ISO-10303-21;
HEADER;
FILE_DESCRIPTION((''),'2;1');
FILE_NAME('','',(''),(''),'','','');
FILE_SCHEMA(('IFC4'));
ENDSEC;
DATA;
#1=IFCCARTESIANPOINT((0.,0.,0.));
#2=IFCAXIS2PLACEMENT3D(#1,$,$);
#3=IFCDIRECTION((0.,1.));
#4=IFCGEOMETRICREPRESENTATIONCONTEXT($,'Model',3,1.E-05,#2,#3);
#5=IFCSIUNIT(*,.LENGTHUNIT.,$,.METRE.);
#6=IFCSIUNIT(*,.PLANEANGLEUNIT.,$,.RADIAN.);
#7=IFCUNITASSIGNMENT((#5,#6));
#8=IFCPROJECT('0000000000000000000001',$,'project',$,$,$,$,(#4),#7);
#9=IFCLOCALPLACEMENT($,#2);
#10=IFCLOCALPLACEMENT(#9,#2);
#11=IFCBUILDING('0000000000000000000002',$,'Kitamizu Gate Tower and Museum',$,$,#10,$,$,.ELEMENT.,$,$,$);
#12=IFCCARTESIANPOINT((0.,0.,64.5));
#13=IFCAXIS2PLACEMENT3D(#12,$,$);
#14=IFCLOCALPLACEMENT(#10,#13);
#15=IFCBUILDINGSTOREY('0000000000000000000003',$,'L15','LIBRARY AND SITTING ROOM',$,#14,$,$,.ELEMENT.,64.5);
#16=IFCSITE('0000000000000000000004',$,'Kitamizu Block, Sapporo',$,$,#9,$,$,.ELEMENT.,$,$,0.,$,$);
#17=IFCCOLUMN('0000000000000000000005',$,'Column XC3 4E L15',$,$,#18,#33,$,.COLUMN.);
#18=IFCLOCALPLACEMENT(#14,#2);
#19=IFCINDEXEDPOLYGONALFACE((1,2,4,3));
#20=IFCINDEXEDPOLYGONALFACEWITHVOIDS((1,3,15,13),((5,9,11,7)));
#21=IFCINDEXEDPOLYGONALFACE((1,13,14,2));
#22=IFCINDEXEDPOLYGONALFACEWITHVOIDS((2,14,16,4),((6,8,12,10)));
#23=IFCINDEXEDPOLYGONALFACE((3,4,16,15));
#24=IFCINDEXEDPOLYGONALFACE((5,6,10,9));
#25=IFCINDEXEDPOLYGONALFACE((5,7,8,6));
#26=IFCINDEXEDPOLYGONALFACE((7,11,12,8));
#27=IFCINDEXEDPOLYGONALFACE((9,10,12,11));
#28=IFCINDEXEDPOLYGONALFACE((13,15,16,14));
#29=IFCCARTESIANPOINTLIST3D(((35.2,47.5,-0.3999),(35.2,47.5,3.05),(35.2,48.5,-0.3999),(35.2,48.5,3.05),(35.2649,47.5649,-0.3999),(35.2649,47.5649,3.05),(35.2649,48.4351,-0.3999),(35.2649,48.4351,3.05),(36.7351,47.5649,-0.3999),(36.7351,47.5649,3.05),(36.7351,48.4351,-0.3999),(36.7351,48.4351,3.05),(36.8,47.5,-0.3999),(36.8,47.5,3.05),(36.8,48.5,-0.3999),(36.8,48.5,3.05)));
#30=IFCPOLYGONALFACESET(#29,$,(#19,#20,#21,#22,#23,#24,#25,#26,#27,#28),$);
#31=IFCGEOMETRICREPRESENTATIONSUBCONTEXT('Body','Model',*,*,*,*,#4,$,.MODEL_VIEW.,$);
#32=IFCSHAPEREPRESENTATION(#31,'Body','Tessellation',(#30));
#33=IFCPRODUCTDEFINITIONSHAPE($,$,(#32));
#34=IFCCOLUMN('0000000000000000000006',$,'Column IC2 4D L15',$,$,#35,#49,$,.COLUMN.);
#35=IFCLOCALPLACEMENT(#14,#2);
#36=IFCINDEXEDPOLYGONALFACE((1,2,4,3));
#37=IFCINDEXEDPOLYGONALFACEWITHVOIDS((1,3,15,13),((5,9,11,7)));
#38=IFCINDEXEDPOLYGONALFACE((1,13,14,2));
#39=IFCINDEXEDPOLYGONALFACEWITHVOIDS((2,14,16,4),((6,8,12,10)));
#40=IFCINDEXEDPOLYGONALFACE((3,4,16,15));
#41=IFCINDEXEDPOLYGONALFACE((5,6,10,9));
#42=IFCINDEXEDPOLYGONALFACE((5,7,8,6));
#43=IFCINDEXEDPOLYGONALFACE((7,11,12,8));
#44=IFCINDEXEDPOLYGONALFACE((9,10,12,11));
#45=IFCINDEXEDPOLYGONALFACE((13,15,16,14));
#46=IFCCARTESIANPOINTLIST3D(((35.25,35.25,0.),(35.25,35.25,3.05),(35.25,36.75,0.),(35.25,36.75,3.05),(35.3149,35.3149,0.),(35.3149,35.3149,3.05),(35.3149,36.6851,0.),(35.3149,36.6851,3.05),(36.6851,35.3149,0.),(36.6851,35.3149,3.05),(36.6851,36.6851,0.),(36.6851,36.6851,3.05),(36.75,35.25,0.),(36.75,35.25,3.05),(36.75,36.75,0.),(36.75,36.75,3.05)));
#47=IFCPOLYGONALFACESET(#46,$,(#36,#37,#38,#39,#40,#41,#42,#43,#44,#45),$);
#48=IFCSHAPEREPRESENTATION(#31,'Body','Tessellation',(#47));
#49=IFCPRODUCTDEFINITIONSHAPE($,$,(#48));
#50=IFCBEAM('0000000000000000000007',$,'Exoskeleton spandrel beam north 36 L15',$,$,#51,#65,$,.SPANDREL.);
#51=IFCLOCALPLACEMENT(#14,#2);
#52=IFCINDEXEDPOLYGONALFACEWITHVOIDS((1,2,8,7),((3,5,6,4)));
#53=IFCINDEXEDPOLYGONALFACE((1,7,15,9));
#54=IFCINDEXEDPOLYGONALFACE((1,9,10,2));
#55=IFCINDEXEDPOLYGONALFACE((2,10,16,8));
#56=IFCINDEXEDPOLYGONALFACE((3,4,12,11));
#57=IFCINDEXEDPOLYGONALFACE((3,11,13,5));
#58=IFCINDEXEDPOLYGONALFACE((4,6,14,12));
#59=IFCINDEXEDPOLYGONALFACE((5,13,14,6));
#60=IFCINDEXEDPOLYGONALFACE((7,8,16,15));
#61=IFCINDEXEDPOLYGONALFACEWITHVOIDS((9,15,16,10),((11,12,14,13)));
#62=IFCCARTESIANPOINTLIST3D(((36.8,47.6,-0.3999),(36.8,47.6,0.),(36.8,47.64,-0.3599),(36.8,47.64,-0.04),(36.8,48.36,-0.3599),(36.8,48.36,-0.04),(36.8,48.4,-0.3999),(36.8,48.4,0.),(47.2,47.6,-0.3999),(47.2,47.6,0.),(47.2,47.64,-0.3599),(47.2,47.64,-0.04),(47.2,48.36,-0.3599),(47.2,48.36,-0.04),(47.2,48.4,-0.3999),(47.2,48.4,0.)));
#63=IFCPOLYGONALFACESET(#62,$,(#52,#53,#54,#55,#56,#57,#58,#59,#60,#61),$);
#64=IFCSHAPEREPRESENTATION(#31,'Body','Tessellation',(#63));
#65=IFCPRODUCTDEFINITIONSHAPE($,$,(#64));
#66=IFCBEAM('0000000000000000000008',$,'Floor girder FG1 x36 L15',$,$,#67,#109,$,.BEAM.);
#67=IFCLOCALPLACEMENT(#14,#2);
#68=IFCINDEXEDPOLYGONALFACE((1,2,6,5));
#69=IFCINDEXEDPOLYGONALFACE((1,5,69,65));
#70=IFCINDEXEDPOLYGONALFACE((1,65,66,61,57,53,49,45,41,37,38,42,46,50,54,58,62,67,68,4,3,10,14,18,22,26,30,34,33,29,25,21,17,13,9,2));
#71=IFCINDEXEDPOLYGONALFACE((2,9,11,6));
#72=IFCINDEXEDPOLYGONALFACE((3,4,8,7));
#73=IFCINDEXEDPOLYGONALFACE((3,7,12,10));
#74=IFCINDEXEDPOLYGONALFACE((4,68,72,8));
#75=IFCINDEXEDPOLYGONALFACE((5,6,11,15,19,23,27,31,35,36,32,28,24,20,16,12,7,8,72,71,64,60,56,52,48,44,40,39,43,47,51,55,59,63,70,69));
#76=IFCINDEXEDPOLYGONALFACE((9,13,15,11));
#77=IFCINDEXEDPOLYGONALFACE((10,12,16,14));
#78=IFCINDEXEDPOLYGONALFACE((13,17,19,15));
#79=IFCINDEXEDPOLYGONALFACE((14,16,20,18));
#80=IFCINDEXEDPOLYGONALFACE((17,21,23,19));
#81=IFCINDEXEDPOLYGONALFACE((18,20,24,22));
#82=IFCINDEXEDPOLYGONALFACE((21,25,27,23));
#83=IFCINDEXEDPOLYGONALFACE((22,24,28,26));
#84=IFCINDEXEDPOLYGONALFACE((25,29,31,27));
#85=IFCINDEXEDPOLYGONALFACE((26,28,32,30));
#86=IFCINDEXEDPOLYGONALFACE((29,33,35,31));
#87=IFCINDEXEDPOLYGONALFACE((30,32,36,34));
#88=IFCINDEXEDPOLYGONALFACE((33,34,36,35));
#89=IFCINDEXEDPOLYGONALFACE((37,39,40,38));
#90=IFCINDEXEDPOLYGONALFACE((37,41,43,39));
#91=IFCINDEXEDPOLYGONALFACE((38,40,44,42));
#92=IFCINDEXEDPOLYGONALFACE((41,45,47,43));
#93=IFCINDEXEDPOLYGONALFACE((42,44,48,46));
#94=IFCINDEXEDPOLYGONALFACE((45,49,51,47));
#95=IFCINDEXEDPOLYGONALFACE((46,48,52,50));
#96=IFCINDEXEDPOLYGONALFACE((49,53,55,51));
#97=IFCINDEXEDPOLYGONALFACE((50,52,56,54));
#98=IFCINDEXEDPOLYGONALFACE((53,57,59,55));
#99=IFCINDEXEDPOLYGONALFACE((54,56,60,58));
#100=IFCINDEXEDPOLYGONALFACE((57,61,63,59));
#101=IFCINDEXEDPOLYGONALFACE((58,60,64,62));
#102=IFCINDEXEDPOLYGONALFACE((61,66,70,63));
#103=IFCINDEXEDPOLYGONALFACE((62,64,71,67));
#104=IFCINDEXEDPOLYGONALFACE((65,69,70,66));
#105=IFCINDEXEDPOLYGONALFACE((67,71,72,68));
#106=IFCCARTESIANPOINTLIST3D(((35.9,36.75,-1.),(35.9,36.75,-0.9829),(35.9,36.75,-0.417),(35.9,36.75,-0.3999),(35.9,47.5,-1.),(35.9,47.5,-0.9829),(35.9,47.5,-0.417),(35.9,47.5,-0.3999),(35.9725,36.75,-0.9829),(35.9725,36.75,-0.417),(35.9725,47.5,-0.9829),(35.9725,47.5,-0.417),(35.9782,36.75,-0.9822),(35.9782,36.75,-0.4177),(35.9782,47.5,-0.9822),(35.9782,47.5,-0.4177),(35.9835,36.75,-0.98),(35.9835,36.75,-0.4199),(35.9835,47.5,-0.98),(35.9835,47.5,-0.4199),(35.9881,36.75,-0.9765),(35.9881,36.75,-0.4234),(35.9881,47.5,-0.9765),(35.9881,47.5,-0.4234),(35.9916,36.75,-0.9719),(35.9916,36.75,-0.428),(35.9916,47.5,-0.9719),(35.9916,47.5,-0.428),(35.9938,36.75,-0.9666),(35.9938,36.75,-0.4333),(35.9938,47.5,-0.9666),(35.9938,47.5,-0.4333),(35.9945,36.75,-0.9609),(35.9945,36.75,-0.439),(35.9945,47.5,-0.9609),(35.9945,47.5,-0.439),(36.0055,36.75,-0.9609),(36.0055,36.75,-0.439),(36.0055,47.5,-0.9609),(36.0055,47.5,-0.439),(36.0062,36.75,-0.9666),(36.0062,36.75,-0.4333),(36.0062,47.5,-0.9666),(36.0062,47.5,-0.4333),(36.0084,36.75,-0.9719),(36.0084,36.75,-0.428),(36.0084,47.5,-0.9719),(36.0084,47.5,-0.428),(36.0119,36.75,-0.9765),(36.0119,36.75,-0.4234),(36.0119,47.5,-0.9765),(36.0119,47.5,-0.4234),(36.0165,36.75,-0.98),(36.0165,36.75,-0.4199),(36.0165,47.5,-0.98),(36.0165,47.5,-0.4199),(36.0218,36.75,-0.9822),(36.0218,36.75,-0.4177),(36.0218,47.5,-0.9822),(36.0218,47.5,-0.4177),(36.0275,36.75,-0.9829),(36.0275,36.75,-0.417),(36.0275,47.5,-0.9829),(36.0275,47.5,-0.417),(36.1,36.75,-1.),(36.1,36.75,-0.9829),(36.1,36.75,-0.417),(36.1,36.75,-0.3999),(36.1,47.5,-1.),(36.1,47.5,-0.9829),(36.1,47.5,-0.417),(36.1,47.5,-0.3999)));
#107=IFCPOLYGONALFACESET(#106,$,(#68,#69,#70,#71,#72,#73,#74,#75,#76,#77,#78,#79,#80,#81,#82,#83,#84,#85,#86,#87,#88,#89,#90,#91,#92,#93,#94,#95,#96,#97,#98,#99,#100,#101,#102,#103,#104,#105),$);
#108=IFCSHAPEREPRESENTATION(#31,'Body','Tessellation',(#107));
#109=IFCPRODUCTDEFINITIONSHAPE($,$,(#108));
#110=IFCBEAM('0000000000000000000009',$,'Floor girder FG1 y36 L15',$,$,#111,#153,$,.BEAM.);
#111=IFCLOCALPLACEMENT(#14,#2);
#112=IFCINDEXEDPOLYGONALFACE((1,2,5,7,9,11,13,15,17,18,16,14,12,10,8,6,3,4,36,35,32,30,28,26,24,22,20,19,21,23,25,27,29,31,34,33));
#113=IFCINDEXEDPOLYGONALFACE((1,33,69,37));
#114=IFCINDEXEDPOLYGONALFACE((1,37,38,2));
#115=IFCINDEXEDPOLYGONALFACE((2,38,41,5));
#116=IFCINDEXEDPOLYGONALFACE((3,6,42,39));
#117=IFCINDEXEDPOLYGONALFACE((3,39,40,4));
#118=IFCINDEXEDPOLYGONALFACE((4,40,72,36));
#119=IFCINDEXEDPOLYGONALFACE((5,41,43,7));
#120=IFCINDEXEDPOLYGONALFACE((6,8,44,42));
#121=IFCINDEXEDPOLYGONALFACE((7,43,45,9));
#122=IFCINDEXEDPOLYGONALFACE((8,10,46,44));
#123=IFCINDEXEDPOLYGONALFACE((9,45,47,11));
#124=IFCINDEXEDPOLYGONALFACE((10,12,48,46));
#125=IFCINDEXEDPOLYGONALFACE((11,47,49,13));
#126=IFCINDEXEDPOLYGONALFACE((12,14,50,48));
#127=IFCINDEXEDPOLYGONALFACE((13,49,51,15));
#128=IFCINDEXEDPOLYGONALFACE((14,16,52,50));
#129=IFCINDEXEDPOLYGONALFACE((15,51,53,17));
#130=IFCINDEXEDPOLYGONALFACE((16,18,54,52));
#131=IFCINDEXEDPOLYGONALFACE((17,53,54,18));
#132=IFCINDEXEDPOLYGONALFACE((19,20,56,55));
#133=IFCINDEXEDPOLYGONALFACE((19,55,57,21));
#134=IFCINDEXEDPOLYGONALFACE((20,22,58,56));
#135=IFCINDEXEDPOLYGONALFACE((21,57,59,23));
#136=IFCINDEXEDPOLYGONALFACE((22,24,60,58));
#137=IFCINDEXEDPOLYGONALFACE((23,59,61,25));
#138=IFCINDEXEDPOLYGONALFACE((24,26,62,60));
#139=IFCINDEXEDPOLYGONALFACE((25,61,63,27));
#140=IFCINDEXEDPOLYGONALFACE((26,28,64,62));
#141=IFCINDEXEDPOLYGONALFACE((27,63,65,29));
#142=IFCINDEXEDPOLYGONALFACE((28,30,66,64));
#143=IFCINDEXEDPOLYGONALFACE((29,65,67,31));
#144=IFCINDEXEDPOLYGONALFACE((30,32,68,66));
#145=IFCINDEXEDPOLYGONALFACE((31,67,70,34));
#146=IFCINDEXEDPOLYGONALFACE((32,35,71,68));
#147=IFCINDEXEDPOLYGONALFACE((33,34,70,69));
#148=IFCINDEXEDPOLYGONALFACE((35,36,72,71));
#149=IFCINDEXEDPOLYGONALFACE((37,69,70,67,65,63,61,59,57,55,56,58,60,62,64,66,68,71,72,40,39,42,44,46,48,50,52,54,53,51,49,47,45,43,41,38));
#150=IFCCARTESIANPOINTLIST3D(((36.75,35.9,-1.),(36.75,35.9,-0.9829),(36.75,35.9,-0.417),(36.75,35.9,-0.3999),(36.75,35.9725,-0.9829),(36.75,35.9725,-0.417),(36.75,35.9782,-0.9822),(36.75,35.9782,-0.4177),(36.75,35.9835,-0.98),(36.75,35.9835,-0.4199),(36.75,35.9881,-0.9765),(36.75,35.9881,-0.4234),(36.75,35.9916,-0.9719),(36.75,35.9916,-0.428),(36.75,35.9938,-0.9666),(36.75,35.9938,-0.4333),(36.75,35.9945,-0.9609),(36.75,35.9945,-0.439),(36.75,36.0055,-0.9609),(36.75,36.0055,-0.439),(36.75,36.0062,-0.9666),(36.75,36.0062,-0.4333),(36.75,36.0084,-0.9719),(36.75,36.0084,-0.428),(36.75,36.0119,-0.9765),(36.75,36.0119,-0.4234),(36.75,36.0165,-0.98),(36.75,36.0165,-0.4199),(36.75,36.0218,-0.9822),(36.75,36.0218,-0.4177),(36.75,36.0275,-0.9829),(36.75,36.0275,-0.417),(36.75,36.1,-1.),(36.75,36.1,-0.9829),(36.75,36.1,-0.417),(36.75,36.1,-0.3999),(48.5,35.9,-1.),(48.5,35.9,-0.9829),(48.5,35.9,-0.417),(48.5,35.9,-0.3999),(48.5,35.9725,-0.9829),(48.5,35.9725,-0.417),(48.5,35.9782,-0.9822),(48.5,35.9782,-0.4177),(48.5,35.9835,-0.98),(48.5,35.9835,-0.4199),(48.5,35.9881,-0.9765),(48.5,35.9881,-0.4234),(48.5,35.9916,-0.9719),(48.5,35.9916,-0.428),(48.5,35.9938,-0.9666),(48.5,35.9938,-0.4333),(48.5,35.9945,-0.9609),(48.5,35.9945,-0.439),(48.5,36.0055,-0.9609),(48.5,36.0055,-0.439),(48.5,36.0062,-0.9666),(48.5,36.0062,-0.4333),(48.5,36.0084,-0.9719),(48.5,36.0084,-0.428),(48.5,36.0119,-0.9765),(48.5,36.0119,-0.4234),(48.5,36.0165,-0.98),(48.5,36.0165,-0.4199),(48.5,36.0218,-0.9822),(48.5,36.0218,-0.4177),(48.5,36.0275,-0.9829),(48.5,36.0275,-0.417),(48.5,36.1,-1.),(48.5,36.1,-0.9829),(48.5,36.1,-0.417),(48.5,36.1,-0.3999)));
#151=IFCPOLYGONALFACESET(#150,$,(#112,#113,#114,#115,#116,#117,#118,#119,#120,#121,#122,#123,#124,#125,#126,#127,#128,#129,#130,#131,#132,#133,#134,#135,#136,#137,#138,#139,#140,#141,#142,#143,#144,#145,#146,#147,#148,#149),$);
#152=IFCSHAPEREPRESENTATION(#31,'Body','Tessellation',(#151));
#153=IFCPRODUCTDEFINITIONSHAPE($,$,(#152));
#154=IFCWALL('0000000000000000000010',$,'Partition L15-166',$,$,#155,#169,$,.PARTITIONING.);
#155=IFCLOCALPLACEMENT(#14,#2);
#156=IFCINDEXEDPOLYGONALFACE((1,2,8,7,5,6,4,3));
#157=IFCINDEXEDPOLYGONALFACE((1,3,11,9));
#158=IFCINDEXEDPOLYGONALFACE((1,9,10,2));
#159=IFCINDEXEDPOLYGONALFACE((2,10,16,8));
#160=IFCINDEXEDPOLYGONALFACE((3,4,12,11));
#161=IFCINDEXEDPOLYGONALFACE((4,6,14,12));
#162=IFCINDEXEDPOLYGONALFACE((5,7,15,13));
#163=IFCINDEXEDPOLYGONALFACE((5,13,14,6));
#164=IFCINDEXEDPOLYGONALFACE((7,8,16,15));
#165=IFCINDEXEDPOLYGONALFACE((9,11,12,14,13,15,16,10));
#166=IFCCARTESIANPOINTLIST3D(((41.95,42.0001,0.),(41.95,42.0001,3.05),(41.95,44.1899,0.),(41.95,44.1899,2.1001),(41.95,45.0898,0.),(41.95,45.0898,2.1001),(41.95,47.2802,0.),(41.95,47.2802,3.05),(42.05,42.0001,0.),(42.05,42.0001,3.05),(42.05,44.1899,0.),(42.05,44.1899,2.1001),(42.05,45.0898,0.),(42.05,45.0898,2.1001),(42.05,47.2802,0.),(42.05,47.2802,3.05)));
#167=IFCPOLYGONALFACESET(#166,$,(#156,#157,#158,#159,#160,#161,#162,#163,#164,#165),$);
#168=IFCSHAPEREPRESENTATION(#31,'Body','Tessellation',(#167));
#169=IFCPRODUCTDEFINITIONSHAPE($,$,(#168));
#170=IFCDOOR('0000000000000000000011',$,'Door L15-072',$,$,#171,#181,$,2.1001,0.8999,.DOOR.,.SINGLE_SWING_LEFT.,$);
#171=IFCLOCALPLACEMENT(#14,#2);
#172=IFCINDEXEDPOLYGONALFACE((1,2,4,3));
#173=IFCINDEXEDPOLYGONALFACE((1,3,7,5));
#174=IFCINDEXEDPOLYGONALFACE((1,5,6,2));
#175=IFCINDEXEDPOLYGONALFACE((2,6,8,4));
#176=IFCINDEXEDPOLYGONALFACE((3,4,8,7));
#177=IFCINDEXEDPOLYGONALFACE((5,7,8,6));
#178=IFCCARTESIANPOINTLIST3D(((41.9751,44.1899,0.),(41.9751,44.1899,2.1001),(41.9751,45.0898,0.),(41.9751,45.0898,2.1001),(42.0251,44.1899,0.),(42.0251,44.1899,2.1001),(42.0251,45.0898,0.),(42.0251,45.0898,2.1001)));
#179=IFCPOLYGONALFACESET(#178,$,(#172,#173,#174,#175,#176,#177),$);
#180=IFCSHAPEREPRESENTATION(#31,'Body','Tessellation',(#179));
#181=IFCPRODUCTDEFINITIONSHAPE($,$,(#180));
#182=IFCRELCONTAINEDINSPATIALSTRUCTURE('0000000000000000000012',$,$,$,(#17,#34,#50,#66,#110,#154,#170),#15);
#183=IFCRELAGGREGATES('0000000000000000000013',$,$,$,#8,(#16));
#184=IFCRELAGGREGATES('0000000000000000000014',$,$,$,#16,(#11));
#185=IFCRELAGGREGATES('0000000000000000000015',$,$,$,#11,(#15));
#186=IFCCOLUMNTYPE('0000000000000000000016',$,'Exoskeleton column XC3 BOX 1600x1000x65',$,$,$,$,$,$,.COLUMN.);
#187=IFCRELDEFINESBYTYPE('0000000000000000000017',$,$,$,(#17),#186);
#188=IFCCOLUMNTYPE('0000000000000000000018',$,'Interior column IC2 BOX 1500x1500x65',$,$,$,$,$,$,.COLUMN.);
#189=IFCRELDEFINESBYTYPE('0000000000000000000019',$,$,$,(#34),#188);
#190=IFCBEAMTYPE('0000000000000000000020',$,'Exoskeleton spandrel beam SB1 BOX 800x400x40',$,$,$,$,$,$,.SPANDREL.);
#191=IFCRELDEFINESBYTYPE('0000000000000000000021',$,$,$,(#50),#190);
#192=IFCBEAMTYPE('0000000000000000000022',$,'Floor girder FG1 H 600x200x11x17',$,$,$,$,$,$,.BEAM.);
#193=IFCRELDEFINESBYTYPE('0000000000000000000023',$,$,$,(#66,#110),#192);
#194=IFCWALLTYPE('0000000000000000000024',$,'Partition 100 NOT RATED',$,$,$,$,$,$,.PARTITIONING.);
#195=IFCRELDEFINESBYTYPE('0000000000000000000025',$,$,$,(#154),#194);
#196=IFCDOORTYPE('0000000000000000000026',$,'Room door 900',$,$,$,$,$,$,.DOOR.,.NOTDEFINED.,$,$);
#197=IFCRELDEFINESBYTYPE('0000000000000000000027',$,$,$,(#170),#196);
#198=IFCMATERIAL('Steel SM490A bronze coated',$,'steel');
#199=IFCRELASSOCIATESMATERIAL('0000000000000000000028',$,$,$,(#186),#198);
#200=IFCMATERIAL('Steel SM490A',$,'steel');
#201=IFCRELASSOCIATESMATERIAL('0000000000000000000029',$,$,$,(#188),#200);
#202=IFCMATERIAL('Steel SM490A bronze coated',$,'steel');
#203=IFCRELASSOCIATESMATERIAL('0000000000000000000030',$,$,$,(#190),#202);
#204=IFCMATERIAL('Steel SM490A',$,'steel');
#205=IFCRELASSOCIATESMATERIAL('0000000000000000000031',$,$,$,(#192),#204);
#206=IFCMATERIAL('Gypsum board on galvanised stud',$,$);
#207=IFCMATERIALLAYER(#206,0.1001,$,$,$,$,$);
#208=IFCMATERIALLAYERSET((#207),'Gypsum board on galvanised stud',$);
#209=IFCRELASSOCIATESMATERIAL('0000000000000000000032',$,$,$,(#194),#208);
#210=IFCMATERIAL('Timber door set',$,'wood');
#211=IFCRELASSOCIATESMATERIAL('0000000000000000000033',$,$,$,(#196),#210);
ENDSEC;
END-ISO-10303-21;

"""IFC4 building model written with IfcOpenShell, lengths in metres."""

from ifc_helpers import new_model, si_unit, direction, frame, frame_2d, origin, origin_2d, place, context, subcontext, project, spatial, rectangle, hollow_rectangle, i_section, extrude, material, layer, layer_set, material_profile, profile_set, type_object, element, fill, save


model = new_model("IFC4")

# Units and contexts
model_context = context("Model", 3, precision=1e-05, world=origin(), true_north=direction((0.0, 1.0)))
body_context = subcontext(model_context, "Body", "Model", "MODEL_VIEW")
ifc_project = project(units=[si_unit("LENGTHUNIT", "METRE"), si_unit("PLANEANGLEUNIT", "RADIAN")], contexts=[model_context])

# Site, building, storey
site_placement = place(None, origin())
site = spatial("IfcSite", under=ifc_project, at=site_placement, Name="Kitamizu Block, Sapporo", CompositionType="ELEMENT", RefElevation=0.0)
building_placement = place(site_placement, origin())
building = spatial("IfcBuilding", under=site, at=building_placement, Name="Kitamizu Gate Tower and Museum", CompositionType="ELEMENT")
storey_placement = place(building_placement, frame((0.0, 0.0, 64.5)))
storey = spatial("IfcBuildingStorey", under=building, at=storey_placement, Name="L15", Description="LIBRARY AND SITTING ROOM", CompositionType="ELEMENT", Elevation=64.5)

# Columns
ifc_material_1 = material(Name="Steel SM490A bronze coated", Category="steel")
ifc_material_profile_1 = material_profile(ifc_material_1, hollow_rectangle(XDim=1.6001, YDim=1.0, WallThickness=0.0649, at=origin_2d()), Name="BOX 1600x1000x65")
ifc_profile_set_1 = profile_set([ifc_material_profile_1], Name="Steel SM490A bronze coated")
column_type_1 = type_object("IfcColumnType", Name="Exoskeleton column XC3 BOX 1600x1000x65", PredefinedType="COLUMN", material=ifc_profile_set_1)
column_1_placement = place(storey_placement, frame((36.0, 48.0, -0.3999), z_axis=(0.0, 0.0, 1.0), x_axis=(1.0, 0.0, 0.0)))
element("IfcColumn", 1, at=column_1_placement, inside=storey, type_object=column_type_1, Name="Column XC3 4E L15", PredefinedType="COLUMN", context=body_context, shape_type="SweptSolid", body=[
    extrude(hollow_rectangle(XDim=1.6001, YDim=1.0, WallThickness=0.0649, at=origin_2d()), origin(), (0.0, 0.0, 1.0), 3.45),
])
ifc_material_2 = material(Name="Steel SM490A", Category="steel")
ifc_material_profile_2 = material_profile(ifc_material_2, hollow_rectangle(XDim=1.5, YDim=1.5, WallThickness=0.0649, at=origin_2d()), Name="BOX 1500x1500x65")
ifc_profile_set_2 = profile_set([ifc_material_profile_2], Name="Steel SM490A")
column_type_2 = type_object("IfcColumnType", Name="Interior column IC2 BOX 1500x1500x65", PredefinedType="COLUMN", material=ifc_profile_set_2)
column_2_placement = place(storey_placement, frame((36.0, 36.0, 0.0), z_axis=(0.0, 0.0, 1.0), x_axis=(1.0, 0.0, 0.0)))
element("IfcColumn", 2, at=column_2_placement, inside=storey, type_object=column_type_2, Name="Column IC2 4D L15", PredefinedType="COLUMN", context=body_context, shape_type="SweptSolid", body=[
    extrude(hollow_rectangle(XDim=1.5, YDim=1.5, WallThickness=0.0649, at=origin_2d()), origin(), (0.0, 0.0, 1.0), 3.05),
])

# Beams
ifc_material_3 = material(Name="Steel SM490A bronze coated", Category="steel")
ifc_material_profile_3 = material_profile(ifc_material_3, hollow_rectangle(XDim=0.8, YDim=0.3999, WallThickness=0.04, at=origin_2d()), Name="BOX 800x400x40")
ifc_profile_set_3 = profile_set([ifc_material_profile_3], Name="Steel SM490A bronze coated")
beam_type_1 = type_object("IfcBeamType", Name="Exoskeleton spandrel beam SB1 BOX 800x400x40", PredefinedType="SPANDREL", material=ifc_profile_set_3)
beam_1_placement = place(storey_placement, frame((36.8, 48.0, -0.2), z_axis=(1.0, 0.0, 0.0), x_axis=(0.0, 1.0, 0.0)))
element("IfcBeam", 3, at=beam_1_placement, inside=storey, type_object=beam_type_1, Name="Exoskeleton spandrel beam north 36 L15", PredefinedType="SPANDREL", context=body_context, shape_type="SweptSolid", body=[
    extrude(hollow_rectangle(XDim=0.8, YDim=0.3999, WallThickness=0.04, at=origin_2d()), origin(), (0.0, 0.0, 1.0), 10.3999),
])
ifc_material_4 = material(Name="Steel SM490A", Category="steel")
ifc_material_profile_4 = material_profile(ifc_material_4, i_section(OverallWidth=0.2, OverallDepth=0.6001, WebThickness=0.011, FlangeThickness=0.0171, FilletRadius=0.022, at=origin_2d()), Name="H-600x200x11x17")
ifc_profile_set_4 = profile_set([ifc_material_profile_4], Name="Steel SM490A")
beam_type_2 = type_object("IfcBeamType", Name="Floor girder FG1 H 600x200x11x17", PredefinedType="BEAM", material=ifc_profile_set_4)
beam_2_placement = place(storey_placement, frame((36.0, 36.75, -0.7), z_axis=(0.0, 1.0, 0.0), x_axis=(-1.0, 0.0, 0.0)))
element("IfcBeam", 4, at=beam_2_placement, inside=storey, type_object=beam_type_2, Name="Floor girder FG1 x36 L15", PredefinedType="BEAM", context=body_context, shape_type="SweptSolid", body=[
    extrude(i_section(OverallWidth=0.2, OverallDepth=0.6001, WebThickness=0.011, FlangeThickness=0.0171, FilletRadius=0.022, at=origin_2d()), origin(), (0.0, 0.0, 1.0), 10.75),
])
beam_3_placement = place(storey_placement, frame((36.75, 36.0, -0.7), z_axis=(1.0, 0.0, 0.0), x_axis=(0.0, 1.0, 0.0)))
element("IfcBeam", 5, at=beam_3_placement, inside=storey, type_object=beam_type_2, Name="Floor girder FG1 y36 L15", PredefinedType="BEAM", context=body_context, shape_type="SweptSolid", body=[
    extrude(i_section(OverallWidth=0.2, OverallDepth=0.6001, WebThickness=0.011, FlangeThickness=0.0171, FilletRadius=0.022, at=origin_2d()), origin(), (0.0, 0.0, 1.0), 11.75),
])

# Wall, opening, door
ifc_material_5 = material(Name="Gypsum board on galvanised stud")
ifc_layer_1 = layer(ifc_material_5, 0.1001)
ifc_layer_set_1 = layer_set([ifc_layer_1], Name="Gypsum board on galvanised stud")
wall_type_1 = type_object("IfcWallType", Name="Partition 100 NOT RATED", PredefinedType="PARTITIONING", material=ifc_layer_set_1)
wall_1_placement = place(storey_placement, frame((42.0, 42.0, 0.0), z_axis=(0.0, 0.0, 1.0), x_axis=(0.0, 1.0, 0.0)))
wall_1 = element("IfcWall", 6, at=wall_1_placement, inside=storey, type_object=wall_type_1, Name="Partition L15-166", PredefinedType="PARTITIONING", context=body_context, shape_type="SweptSolid", body=[
    extrude(rectangle(XDim=5.28, YDim=0.1001, at=frame_2d((2.6401, 0.0))), origin(), (0.0, 0.0, 1.0), 3.05),
])
opening_1_placement = place(wall_1_placement, frame((2.1899, 0.0, 0.0)))
opening_1 = element("IfcOpeningElement", 7, at=opening_1_placement, cuts=wall_1, PredefinedType="OPENING", context=body_context, shape_type="SweptSolid", body=[
    extrude(rectangle(XDim=0.8999, YDim=2.1001, at=frame_2d((0.45, 1.05))), frame((0.0, 0.0601, 0.0), z_axis=(0.0, -1.0, 0.0), x_axis=(1.0, 0.0, 0.0)), (0.0, 0.0, 1.0), 0.1201),
])
ifc_material_6 = material(Name="Timber door set", Category="wood")
door_type_1 = type_object("IfcDoorType", Name="Room door 900", OperationType="NOTDEFINED", PredefinedType="DOOR", material=ifc_material_6)
door_1_placement = place(opening_1_placement, origin())
door_1 = element("IfcDoor", 8, at=door_1_placement, inside=storey, type_object=door_type_1, Name="Door L15-072", OperationType="SINGLE_SWING_LEFT", OverallHeight=2.1001, OverallWidth=0.8999, PredefinedType="DOOR", context=body_context, shape_type="SweptSolid", body=[
    extrude(rectangle(XDim=0.8999, YDim=2.1001, at=frame_2d((0.45, 1.05))), frame((0.0, 0.0249, 0.0), z_axis=(0.0, -1.0, 0.0), x_axis=(1.0, 0.0, 0.0)), (0.0, 0.0, 1.0), 0.05),
])
fill(opening_1, door_1)

save(model, "model.ifc")
